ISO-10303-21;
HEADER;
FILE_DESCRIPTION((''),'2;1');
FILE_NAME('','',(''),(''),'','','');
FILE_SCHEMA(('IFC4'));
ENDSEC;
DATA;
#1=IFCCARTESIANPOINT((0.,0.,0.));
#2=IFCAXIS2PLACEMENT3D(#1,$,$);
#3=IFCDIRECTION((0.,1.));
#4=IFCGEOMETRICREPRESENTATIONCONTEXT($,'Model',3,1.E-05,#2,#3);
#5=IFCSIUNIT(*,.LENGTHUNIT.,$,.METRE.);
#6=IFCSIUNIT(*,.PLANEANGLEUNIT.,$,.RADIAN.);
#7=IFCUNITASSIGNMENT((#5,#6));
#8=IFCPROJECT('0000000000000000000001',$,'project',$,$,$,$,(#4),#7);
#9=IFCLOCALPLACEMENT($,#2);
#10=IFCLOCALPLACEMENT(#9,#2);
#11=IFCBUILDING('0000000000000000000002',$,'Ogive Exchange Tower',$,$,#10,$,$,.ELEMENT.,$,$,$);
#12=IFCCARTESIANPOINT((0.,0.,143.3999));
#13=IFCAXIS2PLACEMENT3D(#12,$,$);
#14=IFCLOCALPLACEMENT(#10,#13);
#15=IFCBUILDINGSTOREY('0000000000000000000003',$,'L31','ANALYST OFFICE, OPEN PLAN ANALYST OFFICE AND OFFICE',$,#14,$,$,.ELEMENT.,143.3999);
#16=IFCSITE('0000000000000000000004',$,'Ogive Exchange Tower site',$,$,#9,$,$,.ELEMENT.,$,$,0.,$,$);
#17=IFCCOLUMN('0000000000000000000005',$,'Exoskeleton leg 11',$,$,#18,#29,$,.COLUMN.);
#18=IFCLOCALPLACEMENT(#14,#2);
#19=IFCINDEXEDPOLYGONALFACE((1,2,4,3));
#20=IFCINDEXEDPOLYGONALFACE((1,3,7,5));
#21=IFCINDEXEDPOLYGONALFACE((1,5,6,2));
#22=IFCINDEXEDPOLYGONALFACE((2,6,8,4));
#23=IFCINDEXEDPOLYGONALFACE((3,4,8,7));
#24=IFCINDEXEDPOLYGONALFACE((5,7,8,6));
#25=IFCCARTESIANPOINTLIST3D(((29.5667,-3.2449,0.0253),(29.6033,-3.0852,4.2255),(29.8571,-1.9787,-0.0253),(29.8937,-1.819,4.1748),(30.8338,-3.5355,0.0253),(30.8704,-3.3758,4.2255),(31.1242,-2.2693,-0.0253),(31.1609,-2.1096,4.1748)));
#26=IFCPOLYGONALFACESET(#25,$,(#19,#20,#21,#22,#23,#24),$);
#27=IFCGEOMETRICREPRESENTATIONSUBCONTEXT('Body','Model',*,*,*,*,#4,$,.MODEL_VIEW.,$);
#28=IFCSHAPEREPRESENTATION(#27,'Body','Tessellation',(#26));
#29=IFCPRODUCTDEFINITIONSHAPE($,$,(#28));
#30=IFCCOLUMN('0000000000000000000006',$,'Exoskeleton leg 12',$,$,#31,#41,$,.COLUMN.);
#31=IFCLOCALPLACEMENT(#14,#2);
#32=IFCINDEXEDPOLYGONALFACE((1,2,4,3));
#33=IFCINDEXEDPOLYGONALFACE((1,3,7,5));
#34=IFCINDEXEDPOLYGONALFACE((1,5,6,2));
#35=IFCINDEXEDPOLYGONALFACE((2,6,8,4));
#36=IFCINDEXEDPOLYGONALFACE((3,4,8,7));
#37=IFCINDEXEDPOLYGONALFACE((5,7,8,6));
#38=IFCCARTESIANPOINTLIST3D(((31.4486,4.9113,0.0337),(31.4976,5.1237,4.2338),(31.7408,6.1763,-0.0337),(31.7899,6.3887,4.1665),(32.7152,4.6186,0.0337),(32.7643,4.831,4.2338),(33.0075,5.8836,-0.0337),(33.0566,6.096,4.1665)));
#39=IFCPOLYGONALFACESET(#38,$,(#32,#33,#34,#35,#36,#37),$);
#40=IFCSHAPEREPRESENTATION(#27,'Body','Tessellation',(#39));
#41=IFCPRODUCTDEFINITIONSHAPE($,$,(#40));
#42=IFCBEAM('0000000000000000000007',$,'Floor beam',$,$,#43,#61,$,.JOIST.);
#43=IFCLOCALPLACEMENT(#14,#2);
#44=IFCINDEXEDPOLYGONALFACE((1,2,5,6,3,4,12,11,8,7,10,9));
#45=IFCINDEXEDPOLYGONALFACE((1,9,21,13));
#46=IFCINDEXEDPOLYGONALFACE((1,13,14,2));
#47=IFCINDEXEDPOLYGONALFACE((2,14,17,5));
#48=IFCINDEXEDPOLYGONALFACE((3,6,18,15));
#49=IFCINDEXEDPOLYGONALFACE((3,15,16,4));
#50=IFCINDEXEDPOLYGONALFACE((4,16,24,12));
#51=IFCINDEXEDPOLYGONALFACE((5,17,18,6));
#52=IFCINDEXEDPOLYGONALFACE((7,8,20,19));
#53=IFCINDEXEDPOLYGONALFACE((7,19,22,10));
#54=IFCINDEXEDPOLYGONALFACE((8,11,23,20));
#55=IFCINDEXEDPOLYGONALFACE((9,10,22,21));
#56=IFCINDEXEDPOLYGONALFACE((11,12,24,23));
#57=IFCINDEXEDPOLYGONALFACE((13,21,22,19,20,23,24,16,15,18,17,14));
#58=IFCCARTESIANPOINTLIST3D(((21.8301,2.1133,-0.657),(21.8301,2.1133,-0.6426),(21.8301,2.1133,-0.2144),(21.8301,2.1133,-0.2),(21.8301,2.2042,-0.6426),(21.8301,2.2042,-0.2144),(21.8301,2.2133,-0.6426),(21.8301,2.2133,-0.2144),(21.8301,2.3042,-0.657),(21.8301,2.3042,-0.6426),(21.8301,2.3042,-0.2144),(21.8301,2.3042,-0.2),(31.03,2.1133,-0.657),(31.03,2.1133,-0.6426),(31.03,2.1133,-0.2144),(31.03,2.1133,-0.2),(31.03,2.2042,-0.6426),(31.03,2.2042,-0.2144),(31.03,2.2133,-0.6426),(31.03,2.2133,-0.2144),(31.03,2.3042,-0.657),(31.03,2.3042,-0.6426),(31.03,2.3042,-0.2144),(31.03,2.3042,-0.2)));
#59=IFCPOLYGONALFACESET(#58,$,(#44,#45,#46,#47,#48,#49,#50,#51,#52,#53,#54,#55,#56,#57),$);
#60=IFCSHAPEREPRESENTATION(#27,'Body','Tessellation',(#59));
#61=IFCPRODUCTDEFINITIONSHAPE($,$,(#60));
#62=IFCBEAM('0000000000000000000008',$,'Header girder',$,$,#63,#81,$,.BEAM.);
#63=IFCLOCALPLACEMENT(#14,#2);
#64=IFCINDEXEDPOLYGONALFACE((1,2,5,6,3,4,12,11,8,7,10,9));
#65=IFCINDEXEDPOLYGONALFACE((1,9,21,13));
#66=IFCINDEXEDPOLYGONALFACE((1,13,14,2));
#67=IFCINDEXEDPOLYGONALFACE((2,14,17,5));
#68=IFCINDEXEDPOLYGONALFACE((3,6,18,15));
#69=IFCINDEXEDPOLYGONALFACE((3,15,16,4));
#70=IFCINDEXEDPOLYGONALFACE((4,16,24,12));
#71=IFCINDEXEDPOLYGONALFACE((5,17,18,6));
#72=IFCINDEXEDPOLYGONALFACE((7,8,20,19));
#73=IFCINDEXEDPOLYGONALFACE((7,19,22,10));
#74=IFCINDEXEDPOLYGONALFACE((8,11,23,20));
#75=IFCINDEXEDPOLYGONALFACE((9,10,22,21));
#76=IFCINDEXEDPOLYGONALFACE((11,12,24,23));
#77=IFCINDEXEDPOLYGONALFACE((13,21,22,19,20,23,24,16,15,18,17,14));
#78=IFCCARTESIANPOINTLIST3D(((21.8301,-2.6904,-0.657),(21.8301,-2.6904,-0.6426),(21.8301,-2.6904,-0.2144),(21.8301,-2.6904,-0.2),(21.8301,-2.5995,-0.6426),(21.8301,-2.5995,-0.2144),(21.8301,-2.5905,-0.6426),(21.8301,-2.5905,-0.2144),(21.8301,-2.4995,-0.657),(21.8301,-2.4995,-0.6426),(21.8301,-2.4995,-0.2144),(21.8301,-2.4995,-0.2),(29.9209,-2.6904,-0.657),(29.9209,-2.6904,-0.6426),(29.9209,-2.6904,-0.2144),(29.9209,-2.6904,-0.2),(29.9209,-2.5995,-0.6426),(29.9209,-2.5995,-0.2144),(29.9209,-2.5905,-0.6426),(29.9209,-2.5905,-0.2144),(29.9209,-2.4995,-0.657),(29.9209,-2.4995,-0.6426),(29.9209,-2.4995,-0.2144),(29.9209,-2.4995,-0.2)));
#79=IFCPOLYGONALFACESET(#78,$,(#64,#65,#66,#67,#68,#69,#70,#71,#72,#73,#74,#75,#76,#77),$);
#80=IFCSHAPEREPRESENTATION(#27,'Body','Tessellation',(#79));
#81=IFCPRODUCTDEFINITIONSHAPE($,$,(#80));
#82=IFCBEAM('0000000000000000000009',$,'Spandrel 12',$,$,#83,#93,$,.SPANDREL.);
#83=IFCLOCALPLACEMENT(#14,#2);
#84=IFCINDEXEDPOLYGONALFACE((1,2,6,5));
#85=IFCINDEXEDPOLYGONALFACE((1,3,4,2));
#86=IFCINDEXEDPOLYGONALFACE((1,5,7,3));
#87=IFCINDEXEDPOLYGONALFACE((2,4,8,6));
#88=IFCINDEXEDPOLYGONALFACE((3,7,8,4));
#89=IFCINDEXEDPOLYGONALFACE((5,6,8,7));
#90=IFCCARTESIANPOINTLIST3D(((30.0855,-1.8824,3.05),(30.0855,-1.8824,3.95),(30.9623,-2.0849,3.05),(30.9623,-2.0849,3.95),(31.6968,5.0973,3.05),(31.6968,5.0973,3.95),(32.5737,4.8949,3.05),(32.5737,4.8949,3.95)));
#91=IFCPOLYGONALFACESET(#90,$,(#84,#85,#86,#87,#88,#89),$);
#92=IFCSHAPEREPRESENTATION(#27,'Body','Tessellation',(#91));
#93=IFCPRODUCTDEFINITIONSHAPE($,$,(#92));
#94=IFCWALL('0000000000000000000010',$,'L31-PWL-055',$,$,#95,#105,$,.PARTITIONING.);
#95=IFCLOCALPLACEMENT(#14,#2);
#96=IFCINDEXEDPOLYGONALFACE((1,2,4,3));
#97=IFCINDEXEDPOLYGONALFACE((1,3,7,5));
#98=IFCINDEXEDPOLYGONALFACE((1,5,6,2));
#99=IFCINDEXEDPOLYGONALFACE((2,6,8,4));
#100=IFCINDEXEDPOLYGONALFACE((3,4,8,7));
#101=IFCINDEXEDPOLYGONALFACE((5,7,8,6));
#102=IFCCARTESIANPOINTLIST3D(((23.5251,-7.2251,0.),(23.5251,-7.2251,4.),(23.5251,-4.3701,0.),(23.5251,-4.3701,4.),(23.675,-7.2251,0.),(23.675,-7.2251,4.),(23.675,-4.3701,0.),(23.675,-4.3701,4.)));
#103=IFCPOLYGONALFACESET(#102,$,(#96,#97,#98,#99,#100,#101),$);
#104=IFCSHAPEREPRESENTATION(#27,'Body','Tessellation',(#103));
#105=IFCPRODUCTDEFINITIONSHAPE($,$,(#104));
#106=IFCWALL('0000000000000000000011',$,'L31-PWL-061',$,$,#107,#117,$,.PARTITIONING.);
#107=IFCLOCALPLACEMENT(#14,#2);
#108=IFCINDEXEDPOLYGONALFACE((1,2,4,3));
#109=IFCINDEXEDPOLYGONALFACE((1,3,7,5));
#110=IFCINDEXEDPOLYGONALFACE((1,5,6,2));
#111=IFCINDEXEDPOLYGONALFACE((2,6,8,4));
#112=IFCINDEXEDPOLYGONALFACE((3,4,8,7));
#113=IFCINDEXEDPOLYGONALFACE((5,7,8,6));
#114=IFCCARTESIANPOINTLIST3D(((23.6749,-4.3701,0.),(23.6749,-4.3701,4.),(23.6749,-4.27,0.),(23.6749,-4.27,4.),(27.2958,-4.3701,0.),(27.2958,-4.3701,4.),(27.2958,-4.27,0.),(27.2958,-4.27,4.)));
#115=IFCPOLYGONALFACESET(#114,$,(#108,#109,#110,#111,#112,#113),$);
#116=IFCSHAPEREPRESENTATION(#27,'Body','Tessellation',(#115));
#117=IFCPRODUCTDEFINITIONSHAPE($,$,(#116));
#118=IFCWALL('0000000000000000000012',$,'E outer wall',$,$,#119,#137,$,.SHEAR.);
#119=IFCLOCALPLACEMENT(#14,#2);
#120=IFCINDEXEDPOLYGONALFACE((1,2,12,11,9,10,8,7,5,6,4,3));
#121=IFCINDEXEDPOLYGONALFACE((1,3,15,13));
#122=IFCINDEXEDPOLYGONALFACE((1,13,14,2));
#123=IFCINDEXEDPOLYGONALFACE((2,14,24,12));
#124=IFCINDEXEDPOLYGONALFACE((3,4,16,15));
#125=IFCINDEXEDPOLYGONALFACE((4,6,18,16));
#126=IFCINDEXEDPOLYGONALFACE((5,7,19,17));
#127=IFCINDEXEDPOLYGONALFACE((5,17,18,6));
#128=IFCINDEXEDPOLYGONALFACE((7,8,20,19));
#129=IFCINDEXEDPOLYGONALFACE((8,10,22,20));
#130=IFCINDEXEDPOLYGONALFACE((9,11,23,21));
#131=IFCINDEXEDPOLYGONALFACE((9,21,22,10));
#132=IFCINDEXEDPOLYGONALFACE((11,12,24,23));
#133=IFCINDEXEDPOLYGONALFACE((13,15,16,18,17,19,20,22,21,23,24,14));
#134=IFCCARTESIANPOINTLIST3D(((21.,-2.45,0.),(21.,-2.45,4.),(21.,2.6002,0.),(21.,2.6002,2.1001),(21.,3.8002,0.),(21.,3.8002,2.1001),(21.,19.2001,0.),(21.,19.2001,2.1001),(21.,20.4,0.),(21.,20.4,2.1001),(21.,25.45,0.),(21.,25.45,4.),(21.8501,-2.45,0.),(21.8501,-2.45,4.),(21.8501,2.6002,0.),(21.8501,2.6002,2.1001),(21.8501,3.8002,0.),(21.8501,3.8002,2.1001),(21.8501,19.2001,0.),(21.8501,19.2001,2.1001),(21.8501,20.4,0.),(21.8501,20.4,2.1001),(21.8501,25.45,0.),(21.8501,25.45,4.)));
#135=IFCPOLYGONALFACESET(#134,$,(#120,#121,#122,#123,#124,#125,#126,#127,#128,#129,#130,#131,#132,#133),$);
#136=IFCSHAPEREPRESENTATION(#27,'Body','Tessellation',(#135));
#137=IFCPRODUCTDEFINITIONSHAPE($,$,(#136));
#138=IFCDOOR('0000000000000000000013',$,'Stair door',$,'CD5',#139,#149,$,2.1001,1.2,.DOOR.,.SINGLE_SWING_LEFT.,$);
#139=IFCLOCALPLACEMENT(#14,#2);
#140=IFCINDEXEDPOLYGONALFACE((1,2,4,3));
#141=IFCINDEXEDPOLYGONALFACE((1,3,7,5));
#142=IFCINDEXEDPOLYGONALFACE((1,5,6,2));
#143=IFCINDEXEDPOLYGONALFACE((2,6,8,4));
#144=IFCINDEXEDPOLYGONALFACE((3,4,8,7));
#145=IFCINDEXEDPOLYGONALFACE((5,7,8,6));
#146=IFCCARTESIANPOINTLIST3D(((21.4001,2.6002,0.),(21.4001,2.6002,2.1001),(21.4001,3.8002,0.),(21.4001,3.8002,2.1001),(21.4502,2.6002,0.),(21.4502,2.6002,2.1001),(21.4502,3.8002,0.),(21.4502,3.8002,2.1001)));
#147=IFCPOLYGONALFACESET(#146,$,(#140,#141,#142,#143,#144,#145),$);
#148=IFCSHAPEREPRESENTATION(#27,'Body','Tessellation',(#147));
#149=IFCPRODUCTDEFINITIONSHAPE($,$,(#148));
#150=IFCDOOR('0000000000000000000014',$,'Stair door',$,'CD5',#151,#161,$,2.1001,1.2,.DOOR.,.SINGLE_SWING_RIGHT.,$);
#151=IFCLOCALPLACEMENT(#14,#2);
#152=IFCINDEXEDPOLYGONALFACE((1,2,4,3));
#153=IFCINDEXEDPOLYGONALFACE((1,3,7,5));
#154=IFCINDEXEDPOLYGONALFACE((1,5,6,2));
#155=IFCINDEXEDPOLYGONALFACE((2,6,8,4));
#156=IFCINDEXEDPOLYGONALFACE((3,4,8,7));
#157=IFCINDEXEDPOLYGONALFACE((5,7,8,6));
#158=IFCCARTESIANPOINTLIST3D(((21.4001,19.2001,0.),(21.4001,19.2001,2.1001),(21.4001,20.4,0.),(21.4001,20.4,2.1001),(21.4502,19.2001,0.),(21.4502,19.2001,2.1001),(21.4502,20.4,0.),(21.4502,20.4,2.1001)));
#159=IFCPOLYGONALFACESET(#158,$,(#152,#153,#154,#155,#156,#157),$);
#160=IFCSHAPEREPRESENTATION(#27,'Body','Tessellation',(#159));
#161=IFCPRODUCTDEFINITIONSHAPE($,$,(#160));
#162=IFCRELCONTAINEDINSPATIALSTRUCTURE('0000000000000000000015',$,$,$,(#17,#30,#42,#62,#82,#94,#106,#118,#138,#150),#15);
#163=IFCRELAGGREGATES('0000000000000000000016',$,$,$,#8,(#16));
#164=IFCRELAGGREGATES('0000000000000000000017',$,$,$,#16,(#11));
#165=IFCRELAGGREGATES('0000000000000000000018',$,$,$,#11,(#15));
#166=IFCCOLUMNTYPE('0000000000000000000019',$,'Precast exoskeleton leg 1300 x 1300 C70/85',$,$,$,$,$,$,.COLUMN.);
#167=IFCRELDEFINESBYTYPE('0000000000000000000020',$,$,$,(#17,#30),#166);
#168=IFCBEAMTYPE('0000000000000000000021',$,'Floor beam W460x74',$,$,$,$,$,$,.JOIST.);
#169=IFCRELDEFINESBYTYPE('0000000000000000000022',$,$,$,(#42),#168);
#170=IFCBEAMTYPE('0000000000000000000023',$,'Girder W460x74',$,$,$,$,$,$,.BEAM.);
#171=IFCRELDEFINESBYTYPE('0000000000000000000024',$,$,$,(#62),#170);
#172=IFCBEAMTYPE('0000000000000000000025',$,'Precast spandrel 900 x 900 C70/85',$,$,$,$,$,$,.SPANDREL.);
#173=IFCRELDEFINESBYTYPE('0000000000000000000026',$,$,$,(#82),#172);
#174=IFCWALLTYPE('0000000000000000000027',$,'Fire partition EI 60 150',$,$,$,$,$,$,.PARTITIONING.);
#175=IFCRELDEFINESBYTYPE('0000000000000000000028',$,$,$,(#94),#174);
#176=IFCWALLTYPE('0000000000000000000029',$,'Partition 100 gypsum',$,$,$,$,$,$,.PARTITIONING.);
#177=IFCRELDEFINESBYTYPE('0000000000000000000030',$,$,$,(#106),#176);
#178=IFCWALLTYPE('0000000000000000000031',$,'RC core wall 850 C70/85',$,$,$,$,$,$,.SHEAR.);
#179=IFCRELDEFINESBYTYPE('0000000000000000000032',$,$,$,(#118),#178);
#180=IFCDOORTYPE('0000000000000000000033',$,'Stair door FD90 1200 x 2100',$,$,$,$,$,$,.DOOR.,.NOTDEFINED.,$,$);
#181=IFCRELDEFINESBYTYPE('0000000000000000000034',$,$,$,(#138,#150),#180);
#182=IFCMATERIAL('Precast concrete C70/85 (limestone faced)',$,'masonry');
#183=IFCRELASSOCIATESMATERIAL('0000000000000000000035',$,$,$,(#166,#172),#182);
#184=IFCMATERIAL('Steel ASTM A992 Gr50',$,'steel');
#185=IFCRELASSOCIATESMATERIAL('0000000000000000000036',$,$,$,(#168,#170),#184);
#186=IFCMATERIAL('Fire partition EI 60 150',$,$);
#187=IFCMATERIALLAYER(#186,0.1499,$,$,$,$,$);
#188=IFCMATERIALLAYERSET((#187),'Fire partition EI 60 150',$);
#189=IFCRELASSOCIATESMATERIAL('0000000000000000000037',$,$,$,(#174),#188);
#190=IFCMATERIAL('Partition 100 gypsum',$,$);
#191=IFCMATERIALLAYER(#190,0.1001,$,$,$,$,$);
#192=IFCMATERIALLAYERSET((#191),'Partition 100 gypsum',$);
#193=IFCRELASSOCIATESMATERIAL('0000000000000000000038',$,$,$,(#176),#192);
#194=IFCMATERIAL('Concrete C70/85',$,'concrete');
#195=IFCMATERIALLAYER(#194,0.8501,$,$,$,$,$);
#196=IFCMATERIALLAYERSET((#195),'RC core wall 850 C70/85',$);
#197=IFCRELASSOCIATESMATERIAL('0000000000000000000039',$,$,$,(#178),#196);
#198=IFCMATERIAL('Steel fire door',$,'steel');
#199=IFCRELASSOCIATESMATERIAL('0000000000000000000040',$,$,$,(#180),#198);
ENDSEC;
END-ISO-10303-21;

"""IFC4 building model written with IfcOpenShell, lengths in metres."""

from ifc_helpers import new_model, si_unit, direction, frame, frame_2d, origin, origin_2d, place, context, subcontext, project, spatial, rectangle, i_section, extrude, material, layer, layer_set, material_profile, profile_set, type_object, element, fill, save


model = new_model("IFC4")

# Units and contexts
model_context = context("Model", 3, precision=1e-05, world=origin(), true_north=direction((0.0, 1.0)))
body_context = subcontext(model_context, "Body", "Model", "MODEL_VIEW")
ifc_project = project(units=[si_unit("LENGTHUNIT", "METRE"), si_unit("PLANEANGLEUNIT", "RADIAN")], contexts=[model_context])

# Site, building, storey
site_placement = place(None, origin())
site = spatial("IfcSite", under=ifc_project, at=site_placement, Name="Ogive Exchange Tower site", CompositionType="ELEMENT", RefElevation=0.0)
building_placement = place(site_placement, origin())
building = spatial("IfcBuilding", under=site, at=building_placement, Name="Ogive Exchange Tower", CompositionType="ELEMENT")
storey_placement = place(building_placement, frame((0.0, 0.0, 143.3999)))
storey = spatial("IfcBuildingStorey", under=building, at=storey_placement, Name="L31", Description="ANALYST OFFICE, OPEN PLAN ANALYST OFFICE AND OFFICE", CompositionType="ELEMENT", Elevation=143.3999)

# Columns
ifc_material_1 = material(Name="Precast concrete C70/85 (limestone faced)", Category="masonry")
ifc_material_profile_1 = material_profile(ifc_material_1, rectangle(XDim=1.3, YDim=1.3, at=origin_2d()), Name="1300 x 1300")
ifc_profile_set_1 = profile_set([ifc_material_profile_1], Name="Precast concrete C70/85 (limestone faced)")
column_type = type_object("IfcColumnType", Name="Precast exoskeleton leg 1300 x 1300 C70/85", PredefinedType="COLUMN", material=ifc_profile_set_1)
column_1_placement = place(storey_placement, frame((30.3455, -2.7571, 0.0), z_axis=(0.008712, 0.037986, 0.99924), x_axis=(-0.974692, 0.223553, 0.0)))
element("IfcColumn", 1, at=column_1_placement, inside=storey, type_object=column_type, Name="Exoskeleton leg 11", PredefinedType="COLUMN", context=body_context, shape_type="SweptSolid", body=[
    extrude(rectangle(XDim=1.3, YDim=1.3, at=origin_2d()), origin(), (0.0, 0.0, 1.0), 4.2034),
])
column_2_placement = place(storey_placement, frame((32.228, 5.3975, 0.0), z_axis=(0.011668, 0.050502, 0.998656), x_axis=(-0.974335, 0.225105, 0.0)))
element("IfcColumn", 2, at=column_2_placement, inside=storey, type_object=column_type, Name="Exoskeleton leg 12", PredefinedType="COLUMN", context=body_context, shape_type="SweptSolid", body=[
    extrude(rectangle(XDim=1.3, YDim=1.3, at=origin_2d()), origin(), (0.0, 0.0, 1.0), 4.2058),
])

# Beams
ifc_material_2 = material(Name="Steel ASTM A992 Gr50", Category="steel")
ifc_material_profile_2 = material_profile(ifc_material_2, i_section(OverallWidth=0.1909, OverallDepth=0.457, WebThickness=0.009, FlangeThickness=0.0144, at=origin_2d()), Name="W460x74")
ifc_profile_set_2 = profile_set([ifc_material_profile_2], Name="Steel ASTM A992 Gr50")
beam_type_1 = type_object("IfcBeamType", Name="Floor beam W460x74", PredefinedType="JOIST", material=ifc_profile_set_2)
beam_1_placement = place(storey_placement, frame((21.8301, 2.2087, -0.4285), z_axis=(1.0, 0.0, 0.0), x_axis=(0.0, 1.0, 0.0)))
element("IfcBeam", 3, at=beam_1_placement, inside=storey, type_object=beam_type_1, Name="Floor beam", PredefinedType="JOIST", context=body_context, shape_type="SweptSolid", body=[
    extrude(i_section(OverallWidth=0.1909, OverallDepth=0.457, WebThickness=0.009, FlangeThickness=0.0144, at=origin_2d()), origin(), (0.0, 0.0, 1.0), 9.2),
])
ifc_material_profile_3 = material_profile(ifc_material_2, i_section(OverallWidth=0.1909, OverallDepth=0.457, WebThickness=0.009, FlangeThickness=0.0144, at=origin_2d()), Name="W460x74")
ifc_profile_set_3 = profile_set([ifc_material_profile_3], Name="Steel ASTM A992 Gr50")
beam_type_2 = type_object("IfcBeamType", Name="Girder W460x74", PredefinedType="BEAM", material=ifc_profile_set_3)
beam_2_placement = place(storey_placement, frame((21.8301, -2.595, -0.4285), z_axis=(1.0, 0.0, 0.0), x_axis=(0.0, 1.0, 0.0)))
element("IfcBeam", 4, at=beam_2_placement, inside=storey, type_object=beam_type_2, Name="Header girder", PredefinedType="BEAM", context=body_context, shape_type="SweptSolid", body=[
    extrude(i_section(OverallWidth=0.1909, OverallDepth=0.457, WebThickness=0.009, FlangeThickness=0.0144, at=origin_2d()), origin(), (0.0, 0.0, 1.0), 8.0908),
])
ifc_material_profile_4 = material_profile(ifc_material_1, rectangle(XDim=0.8999, YDim=0.8999, at=origin_2d()), Name="900 x 900")
ifc_profile_set_4 = profile_set([ifc_material_profile_4], Name="Precast concrete C70/85 (limestone faced)")
beam_type_3 = type_object("IfcBeamType", Name="Precast spandrel 900 x 900 C70/85", PredefinedType="SPANDREL", material=ifc_profile_set_4)
beam_3_placement = place(storey_placement, frame((30.5239, -1.9836, 3.5), z_axis=(0.224942, 0.974372, 0.0), x_axis=(-0.974372, 0.224942, 0.0)))
element("IfcBeam", 5, at=beam_3_placement, inside=storey, type_object=beam_type_3, Name="Spandrel 12", PredefinedType="SPANDREL", context=body_context, shape_type="SweptSolid", body=[
    extrude(rectangle(XDim=0.8999, YDim=0.8999, at=origin_2d()), origin(), (0.0, 0.0, 1.0), 7.1633),
])

# Walls
ifc_material_3 = material(Name="Fire partition EI 60 150")
ifc_layer_1 = layer(ifc_material_3, 0.1499)
ifc_layer_set_1 = layer_set([ifc_layer_1], Name="Fire partition EI 60 150")
wall_type_1 = type_object("IfcWallType", Name="Fire partition EI 60 150", PredefinedType="PARTITIONING", material=ifc_layer_set_1)
wall_1_placement = place(storey_placement, frame((23.6001, -4.3701, 0.0), z_axis=(0.0, 0.0, 1.0), x_axis=(0.0, -1.0, 0.0)))
element("IfcWall", 6, at=wall_1_placement, inside=storey, type_object=wall_type_1, Name="L31-PWL-055", PredefinedType="PARTITIONING", context=body_context, shape_type="SweptSolid", body=[
    extrude(rectangle(XDim=2.855, YDim=0.1499, at=frame_2d((1.4275, 0.0))), origin(), (0.0, 0.0, 1.0), 4.0),
])
ifc_material_4 = material(Name="Partition 100 gypsum")
ifc_layer_2 = layer(ifc_material_4, 0.1001)
ifc_layer_set_2 = layer_set([ifc_layer_2], Name="Partition 100 gypsum")
wall_type_2 = type_object("IfcWallType", Name="Partition 100 gypsum", PredefinedType="PARTITIONING", material=ifc_layer_set_2)
wall_2_placement = place(storey_placement, frame((27.2959, -4.3201, 0.0), z_axis=(0.0, 0.0, 1.0), x_axis=(-1.0, 0.0, 0.0)))
element("IfcWall", 7, at=wall_2_placement, inside=storey, type_object=wall_type_2, Name="L31-PWL-061", PredefinedType="PARTITIONING", context=body_context, shape_type="SweptSolid", body=[
    extrude(rectangle(XDim=3.6208, YDim=0.1001, at=frame_2d((1.8105, 0.0))), origin(), (0.0, 0.0, 1.0), 4.0),
])

# Wall, openings, doors
ifc_material_5 = material(Name="Concrete C70/85", Category="concrete")
ifc_layer_3 = layer(ifc_material_5, 0.8501)
ifc_layer_set_3 = layer_set([ifc_layer_3], Name="RC core wall 850 C70/85")
wall_type_3 = type_object("IfcWallType", Name="RC core wall 850 C70/85", PredefinedType="SHEAR", material=ifc_layer_set_3)
wall_3_placement = place(storey_placement, frame((21.425, -2.45, 0.0), z_axis=(0.0, 0.0, 1.0), x_axis=(0.0, 1.0, 0.0)))
wall_3 = element("IfcWall", 8, at=wall_3_placement, inside=storey, type_object=wall_type_3, Name="E outer wall", PredefinedType="SHEAR", context=body_context, shape_type="SweptSolid", body=[
    extrude(rectangle(XDim=27.8999, YDim=0.8501, at=frame_2d((13.95, 0.0))), origin(), (0.0, 0.0, 1.0), 4.0),
])
opening_1_placement = place(wall_3_placement, frame((5.05, 0.0, 0.0)))
opening_1 = element("IfcOpeningElement", 9, at=opening_1_placement, cuts=wall_3, PredefinedType="OPENING", context=body_context, shape_type="SweptSolid", body=[
    extrude(rectangle(XDim=1.2, YDim=2.1001, at=frame_2d((0.6001, 1.05))), frame((0.0, 0.4351, 0.0), z_axis=(0.0, -1.0, 0.0), x_axis=(1.0, 0.0, 0.0)), (0.0, 0.0, 1.0), 0.8701),
])
opening_2_placement = place(wall_3_placement, frame((21.6499, 0.0, 0.0)))
opening_2 = element("IfcOpeningElement", 10, at=opening_2_placement, cuts=wall_3, PredefinedType="OPENING", context=body_context, shape_type="SweptSolid", body=[
    extrude(rectangle(XDim=1.2, YDim=2.1001, at=frame_2d((0.6001, 1.05))), frame((0.0, 0.4351, 0.0), z_axis=(0.0, -1.0, 0.0), x_axis=(1.0, 0.0, 0.0)), (0.0, 0.0, 1.0), 0.8701),
])
ifc_material_6 = material(Name="Steel fire door", Category="steel")
door_type = type_object("IfcDoorType", Name="Stair door FD90 1200 x 2100", OperationType="NOTDEFINED", PredefinedType="DOOR", material=ifc_material_6)
door_1_placement = place(opening_1_placement, origin())
door_1 = element("IfcDoor", 11, at=door_1_placement, inside=storey, type_object=door_type, Name="Stair door", ObjectType="CD5", OperationType="SINGLE_SWING_LEFT", OverallHeight=2.1001, OverallWidth=1.2, PredefinedType="DOOR", context=body_context, shape_type="SweptSolid", body=[
    extrude(rectangle(XDim=1.2, YDim=2.1001, at=frame_2d((0.6001, 1.05))), frame((0.0, 0.0249, 0.0), z_axis=(0.0, -1.0, 0.0), x_axis=(1.0, 0.0, 0.0)), (0.0, 0.0, 1.0), 0.05),
])
fill(opening_1, door_1)
door_2_placement = place(opening_2_placement, origin())
door_2 = element("IfcDoor", 12, at=door_2_placement, inside=storey, type_object=door_type, Name="Stair door", ObjectType="CD5", OperationType="SINGLE_SWING_RIGHT", OverallHeight=2.1001, OverallWidth=1.2, PredefinedType="DOOR", context=body_context, shape_type="SweptSolid", body=[
    extrude(rectangle(XDim=1.2, YDim=2.1001, at=frame_2d((0.6001, 1.05))), frame((0.0, 0.0249, 0.0), z_axis=(0.0, -1.0, 0.0), x_axis=(1.0, 0.0, 0.0)), (0.0, 0.0, 1.0), 0.05),
])
fill(opening_2, door_2)

save(model, "model.ifc")
